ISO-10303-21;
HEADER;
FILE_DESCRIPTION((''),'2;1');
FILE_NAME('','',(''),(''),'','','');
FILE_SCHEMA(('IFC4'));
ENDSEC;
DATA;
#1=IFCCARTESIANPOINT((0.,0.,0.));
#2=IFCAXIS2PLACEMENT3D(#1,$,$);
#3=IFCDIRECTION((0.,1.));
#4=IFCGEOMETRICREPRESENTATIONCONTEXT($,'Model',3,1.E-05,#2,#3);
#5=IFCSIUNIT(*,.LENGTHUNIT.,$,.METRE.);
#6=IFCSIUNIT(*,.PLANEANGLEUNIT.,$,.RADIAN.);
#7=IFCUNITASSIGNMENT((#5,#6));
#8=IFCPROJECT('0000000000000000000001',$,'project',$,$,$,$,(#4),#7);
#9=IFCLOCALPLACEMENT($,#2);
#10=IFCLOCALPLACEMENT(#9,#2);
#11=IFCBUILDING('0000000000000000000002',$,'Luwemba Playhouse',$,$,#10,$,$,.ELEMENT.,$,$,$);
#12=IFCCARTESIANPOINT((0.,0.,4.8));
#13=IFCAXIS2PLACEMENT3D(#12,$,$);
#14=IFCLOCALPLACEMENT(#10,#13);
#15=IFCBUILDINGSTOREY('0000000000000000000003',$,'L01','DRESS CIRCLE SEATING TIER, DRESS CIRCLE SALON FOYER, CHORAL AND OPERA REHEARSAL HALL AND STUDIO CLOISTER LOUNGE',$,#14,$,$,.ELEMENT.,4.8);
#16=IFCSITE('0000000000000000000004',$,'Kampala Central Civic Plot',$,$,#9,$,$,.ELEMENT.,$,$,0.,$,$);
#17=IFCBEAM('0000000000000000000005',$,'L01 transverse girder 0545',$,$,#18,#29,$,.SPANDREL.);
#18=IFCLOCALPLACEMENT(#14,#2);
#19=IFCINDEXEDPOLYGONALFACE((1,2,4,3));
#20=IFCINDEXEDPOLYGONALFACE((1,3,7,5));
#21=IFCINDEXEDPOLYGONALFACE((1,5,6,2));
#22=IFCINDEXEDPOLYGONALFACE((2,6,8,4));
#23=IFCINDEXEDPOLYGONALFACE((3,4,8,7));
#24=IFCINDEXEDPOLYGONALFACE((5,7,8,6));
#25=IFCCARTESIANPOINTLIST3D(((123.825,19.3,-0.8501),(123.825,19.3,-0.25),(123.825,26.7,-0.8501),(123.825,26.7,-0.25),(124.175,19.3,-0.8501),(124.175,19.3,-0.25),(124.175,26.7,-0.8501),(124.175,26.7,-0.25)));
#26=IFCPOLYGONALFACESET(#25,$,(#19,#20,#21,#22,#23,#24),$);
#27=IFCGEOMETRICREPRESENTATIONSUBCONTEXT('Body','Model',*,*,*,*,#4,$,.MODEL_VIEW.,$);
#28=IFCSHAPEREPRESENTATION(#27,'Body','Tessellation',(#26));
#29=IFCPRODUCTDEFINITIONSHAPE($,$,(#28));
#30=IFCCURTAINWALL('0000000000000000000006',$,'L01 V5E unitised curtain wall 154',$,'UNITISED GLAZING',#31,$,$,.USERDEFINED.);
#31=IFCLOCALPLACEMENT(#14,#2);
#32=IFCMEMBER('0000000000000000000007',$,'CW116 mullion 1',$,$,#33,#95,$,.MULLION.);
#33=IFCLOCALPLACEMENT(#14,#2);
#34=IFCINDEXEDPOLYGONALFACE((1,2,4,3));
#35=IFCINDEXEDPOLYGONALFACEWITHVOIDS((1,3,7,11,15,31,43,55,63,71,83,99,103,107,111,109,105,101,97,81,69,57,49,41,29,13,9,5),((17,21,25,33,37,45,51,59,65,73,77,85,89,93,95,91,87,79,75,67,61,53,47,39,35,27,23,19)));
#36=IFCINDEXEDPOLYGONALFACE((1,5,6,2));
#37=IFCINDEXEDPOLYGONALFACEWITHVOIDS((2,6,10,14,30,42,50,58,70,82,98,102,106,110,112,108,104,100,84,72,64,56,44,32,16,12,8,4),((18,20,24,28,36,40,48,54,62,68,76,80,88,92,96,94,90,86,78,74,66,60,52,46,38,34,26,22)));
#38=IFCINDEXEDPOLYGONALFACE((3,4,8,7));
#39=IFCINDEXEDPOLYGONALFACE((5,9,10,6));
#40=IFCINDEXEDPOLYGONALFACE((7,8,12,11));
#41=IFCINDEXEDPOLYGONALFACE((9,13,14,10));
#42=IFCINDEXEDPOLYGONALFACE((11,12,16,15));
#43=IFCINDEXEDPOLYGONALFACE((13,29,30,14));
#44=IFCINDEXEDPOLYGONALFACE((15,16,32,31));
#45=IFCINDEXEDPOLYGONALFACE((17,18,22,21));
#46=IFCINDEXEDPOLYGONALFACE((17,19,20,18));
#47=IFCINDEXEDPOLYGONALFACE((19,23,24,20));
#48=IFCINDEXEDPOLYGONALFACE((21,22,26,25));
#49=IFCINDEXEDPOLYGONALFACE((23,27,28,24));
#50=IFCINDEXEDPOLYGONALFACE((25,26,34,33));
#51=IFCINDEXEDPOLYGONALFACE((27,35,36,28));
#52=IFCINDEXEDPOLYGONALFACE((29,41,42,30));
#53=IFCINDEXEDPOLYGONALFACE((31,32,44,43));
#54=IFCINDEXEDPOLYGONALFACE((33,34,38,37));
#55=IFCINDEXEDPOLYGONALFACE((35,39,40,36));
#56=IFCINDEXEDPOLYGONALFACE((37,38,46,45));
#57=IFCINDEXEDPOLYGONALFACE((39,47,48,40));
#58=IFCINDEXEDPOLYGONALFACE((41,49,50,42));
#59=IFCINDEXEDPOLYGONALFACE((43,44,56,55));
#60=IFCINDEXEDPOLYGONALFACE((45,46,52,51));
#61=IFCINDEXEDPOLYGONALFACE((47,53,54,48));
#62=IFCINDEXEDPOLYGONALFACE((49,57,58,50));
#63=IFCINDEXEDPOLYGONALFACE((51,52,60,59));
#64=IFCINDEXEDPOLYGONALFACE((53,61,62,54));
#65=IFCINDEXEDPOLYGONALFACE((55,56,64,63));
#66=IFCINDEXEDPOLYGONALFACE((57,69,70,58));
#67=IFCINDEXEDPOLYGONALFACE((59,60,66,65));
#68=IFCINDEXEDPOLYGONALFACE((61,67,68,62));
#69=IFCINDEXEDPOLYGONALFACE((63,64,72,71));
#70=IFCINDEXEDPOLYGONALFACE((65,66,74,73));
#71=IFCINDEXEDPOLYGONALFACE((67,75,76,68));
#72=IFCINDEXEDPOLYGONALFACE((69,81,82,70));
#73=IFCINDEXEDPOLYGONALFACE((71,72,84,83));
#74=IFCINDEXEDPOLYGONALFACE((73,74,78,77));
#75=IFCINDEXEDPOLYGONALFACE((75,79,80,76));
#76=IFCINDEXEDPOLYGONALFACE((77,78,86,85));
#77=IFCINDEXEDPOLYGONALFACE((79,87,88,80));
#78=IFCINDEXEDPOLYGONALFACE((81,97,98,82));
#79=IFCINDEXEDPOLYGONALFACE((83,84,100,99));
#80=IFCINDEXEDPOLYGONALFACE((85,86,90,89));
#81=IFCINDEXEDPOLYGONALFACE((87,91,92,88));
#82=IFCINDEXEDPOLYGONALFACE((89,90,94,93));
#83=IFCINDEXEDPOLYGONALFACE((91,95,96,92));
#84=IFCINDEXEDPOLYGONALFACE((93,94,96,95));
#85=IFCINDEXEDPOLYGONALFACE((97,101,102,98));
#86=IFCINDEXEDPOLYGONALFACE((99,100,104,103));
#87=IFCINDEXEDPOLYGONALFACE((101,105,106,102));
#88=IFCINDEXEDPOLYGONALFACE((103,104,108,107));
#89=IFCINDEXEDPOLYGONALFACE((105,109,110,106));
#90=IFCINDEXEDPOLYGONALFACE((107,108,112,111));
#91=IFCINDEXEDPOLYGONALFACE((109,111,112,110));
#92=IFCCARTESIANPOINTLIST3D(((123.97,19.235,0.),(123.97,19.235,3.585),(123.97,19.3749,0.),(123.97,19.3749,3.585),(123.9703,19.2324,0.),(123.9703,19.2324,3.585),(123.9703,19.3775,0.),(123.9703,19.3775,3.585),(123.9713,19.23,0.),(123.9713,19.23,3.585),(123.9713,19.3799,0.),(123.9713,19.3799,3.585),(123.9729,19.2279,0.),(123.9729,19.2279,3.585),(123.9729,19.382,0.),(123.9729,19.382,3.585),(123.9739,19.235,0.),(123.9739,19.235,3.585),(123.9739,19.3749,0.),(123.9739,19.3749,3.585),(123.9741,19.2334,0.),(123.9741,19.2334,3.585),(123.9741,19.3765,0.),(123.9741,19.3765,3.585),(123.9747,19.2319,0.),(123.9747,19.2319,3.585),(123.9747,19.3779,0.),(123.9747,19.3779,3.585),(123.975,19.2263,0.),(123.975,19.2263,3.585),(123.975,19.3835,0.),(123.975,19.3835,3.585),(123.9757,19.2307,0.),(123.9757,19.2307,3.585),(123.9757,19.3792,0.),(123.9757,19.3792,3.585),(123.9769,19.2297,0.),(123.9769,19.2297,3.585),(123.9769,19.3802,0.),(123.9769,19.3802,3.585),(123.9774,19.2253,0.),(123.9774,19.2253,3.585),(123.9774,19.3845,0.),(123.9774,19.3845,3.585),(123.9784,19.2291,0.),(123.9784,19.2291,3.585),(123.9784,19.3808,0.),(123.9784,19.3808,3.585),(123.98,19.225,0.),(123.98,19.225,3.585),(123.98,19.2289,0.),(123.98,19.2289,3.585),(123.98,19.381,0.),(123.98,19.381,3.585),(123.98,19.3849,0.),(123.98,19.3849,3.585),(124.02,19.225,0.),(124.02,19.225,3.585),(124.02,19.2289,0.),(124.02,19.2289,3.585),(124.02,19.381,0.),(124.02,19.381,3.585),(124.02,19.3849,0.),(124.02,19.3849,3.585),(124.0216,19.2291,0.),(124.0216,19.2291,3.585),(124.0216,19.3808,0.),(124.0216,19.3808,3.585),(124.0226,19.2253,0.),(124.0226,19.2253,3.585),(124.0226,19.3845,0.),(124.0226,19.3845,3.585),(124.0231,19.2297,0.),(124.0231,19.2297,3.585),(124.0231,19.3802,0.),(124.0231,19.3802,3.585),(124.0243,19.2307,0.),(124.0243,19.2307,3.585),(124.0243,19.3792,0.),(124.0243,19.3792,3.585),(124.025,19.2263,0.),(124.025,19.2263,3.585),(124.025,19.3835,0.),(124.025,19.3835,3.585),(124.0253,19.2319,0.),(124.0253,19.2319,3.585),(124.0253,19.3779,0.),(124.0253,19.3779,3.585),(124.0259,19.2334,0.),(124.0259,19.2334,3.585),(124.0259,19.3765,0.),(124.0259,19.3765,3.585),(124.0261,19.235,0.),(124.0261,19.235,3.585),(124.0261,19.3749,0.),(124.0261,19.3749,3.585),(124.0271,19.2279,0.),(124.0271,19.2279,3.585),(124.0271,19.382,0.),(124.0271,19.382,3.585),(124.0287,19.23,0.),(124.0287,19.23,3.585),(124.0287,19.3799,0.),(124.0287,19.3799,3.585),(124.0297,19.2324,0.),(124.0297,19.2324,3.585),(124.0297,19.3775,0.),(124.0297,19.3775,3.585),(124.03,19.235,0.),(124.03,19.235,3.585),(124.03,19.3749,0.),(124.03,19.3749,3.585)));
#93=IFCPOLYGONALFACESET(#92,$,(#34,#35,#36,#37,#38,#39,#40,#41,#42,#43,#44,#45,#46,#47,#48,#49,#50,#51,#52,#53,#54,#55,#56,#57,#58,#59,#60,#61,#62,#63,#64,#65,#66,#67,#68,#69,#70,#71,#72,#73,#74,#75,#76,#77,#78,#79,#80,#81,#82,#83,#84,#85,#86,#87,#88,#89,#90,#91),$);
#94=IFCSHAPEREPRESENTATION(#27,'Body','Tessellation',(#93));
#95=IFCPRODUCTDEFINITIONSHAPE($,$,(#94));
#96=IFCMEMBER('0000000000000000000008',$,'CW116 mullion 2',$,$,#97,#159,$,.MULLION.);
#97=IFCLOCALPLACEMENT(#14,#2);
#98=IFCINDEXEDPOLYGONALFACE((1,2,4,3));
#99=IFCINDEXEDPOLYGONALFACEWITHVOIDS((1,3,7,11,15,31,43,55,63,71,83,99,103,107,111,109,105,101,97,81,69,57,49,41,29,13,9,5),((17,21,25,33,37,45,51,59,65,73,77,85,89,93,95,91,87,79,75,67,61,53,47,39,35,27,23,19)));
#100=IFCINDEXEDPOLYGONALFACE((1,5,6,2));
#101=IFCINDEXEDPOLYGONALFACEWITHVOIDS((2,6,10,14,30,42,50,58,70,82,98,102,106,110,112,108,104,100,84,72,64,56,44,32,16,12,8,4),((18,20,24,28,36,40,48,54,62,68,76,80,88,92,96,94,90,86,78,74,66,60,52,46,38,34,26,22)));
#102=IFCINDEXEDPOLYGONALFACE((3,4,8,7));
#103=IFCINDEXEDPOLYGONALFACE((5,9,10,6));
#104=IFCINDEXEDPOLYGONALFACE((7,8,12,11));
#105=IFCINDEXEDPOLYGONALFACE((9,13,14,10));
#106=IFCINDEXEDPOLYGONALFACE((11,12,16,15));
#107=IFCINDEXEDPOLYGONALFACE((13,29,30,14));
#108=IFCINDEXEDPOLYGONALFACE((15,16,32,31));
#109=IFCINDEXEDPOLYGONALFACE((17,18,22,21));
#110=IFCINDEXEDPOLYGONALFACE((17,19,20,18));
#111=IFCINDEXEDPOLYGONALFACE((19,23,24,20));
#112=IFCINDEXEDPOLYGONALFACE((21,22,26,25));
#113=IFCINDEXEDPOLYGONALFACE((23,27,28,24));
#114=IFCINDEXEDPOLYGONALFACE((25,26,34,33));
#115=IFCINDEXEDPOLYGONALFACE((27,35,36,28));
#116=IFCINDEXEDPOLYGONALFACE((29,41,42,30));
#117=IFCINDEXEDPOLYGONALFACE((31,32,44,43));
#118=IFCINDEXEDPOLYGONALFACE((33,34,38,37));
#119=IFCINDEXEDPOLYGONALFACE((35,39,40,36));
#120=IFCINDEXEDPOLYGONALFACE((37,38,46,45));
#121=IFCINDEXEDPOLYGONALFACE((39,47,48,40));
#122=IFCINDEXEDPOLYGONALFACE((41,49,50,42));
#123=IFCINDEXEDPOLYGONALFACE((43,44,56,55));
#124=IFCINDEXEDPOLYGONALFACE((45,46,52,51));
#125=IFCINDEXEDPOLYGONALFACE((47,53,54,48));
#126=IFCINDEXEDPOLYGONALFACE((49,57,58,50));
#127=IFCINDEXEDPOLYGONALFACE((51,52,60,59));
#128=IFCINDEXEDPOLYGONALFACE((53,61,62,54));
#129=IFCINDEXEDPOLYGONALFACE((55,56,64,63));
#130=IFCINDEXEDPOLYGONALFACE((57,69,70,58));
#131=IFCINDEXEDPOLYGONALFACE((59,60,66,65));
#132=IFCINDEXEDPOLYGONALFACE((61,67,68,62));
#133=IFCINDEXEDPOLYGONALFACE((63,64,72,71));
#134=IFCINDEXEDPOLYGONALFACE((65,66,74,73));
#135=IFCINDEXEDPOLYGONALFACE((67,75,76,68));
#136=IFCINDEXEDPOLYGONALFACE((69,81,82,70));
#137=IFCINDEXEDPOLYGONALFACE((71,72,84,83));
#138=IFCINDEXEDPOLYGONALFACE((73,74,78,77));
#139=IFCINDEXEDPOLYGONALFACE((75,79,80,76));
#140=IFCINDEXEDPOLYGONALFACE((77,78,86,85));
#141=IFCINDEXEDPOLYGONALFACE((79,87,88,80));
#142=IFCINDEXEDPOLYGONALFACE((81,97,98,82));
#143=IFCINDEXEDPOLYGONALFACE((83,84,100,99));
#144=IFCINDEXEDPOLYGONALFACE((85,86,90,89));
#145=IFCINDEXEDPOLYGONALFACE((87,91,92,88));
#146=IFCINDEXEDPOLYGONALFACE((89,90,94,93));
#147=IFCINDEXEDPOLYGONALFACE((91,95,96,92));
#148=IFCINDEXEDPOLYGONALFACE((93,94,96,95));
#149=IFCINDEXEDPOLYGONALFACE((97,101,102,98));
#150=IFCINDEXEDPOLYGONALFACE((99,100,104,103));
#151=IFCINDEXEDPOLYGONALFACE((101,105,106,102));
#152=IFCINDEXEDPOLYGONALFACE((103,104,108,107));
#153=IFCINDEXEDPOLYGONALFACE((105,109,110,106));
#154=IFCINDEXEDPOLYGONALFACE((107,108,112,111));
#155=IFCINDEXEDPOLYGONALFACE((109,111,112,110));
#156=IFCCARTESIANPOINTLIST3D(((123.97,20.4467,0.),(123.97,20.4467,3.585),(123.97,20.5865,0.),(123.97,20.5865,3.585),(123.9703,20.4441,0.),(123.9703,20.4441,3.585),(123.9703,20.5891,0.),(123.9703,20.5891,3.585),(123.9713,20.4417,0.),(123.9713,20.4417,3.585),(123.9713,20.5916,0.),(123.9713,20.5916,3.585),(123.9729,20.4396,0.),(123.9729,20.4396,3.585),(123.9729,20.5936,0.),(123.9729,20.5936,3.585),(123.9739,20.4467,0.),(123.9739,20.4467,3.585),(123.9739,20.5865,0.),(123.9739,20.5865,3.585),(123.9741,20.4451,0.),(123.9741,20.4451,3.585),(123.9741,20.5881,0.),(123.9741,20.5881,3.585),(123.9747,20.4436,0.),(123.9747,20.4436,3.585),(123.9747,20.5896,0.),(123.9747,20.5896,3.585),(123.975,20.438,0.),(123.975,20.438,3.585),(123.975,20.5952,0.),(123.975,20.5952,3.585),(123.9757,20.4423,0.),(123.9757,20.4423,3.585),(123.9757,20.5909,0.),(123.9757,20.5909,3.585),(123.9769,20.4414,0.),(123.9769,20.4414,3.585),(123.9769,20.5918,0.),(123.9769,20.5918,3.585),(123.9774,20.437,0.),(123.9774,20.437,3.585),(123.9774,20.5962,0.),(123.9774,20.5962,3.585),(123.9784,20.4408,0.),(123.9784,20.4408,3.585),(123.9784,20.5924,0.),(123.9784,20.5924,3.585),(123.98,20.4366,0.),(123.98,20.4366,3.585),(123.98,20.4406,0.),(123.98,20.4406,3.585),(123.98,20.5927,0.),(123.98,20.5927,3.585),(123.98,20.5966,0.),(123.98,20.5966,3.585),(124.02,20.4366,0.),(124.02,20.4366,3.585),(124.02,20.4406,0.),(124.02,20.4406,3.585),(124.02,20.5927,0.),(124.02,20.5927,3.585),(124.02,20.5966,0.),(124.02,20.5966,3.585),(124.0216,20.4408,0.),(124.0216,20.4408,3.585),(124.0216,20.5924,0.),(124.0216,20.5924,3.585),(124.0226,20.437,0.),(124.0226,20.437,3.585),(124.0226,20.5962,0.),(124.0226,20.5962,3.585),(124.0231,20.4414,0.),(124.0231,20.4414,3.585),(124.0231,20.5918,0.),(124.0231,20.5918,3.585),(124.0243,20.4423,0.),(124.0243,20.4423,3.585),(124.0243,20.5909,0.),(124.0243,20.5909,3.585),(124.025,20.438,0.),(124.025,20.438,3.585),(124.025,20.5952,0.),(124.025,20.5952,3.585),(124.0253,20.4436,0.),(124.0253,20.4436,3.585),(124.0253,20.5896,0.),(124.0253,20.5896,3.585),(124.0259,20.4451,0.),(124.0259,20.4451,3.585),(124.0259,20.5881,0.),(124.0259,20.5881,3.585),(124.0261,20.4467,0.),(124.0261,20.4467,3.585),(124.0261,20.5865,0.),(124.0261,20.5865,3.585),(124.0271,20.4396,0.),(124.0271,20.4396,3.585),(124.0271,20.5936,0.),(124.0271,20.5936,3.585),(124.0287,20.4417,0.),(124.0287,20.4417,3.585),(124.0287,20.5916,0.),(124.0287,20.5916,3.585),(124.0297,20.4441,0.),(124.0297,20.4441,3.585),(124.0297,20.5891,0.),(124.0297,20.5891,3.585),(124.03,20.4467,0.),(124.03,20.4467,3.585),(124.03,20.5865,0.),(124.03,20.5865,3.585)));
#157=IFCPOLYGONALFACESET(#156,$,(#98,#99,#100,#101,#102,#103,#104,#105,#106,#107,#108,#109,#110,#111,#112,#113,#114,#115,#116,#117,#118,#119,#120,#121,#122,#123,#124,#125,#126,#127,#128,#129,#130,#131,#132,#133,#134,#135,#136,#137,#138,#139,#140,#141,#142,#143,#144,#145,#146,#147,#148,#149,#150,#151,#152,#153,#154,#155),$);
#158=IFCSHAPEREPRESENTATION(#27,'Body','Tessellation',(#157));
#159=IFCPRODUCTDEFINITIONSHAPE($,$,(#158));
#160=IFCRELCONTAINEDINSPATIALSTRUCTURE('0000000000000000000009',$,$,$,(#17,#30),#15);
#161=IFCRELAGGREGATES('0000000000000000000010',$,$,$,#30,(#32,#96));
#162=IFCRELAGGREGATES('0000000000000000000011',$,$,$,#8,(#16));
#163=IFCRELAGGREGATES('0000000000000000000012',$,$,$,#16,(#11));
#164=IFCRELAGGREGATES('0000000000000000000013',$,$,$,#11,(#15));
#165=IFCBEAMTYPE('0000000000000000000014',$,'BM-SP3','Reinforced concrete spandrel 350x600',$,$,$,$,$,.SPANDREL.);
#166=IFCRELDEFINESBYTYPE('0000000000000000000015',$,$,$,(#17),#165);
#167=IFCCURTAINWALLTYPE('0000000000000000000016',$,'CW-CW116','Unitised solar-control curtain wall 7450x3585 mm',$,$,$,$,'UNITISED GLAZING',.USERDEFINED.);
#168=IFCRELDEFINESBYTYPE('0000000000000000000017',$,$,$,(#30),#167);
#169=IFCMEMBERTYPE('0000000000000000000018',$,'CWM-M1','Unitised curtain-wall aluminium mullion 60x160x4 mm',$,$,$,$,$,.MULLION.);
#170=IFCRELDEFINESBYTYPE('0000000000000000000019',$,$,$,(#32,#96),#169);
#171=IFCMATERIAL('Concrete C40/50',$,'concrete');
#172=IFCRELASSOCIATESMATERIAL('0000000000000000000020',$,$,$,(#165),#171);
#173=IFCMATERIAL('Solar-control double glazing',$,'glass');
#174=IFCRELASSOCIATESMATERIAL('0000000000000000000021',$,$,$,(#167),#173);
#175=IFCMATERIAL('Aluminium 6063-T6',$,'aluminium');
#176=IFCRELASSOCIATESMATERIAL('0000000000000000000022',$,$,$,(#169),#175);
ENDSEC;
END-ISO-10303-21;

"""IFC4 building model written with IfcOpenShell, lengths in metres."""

from ifc_helpers import new_model, si_unit, direction, frame, origin, origin_2d, place, context, subcontext, project, spatial, rectangle, hollow_rectangle, extrude, material, material_profile, profile_set, type_object, element, aggregate, save


model = new_model("IFC4")

# Units and contexts
model_context = context("Model", 3, precision=1e-05, world=origin(), true_north=direction((0.0, 1.0)))
body_context = subcontext(model_context, "Body", "Model", "MODEL_VIEW")
ifc_project = project(units=[si_unit("LENGTHUNIT", "METRE"), si_unit("PLANEANGLEUNIT", "RADIAN")], contexts=[model_context])

# Site, building, storey
site_placement = place(None, origin())
site = spatial("IfcSite", under=ifc_project, at=site_placement, Name="Kampala Central Civic Plot", CompositionType="ELEMENT", RefElevation=0.0)
building_placement = place(site_placement, origin())
building = spatial("IfcBuilding", under=site, at=building_placement, Name="Luwemba Playhouse", CompositionType="ELEMENT")
storey_placement = place(building_placement, frame((0.0, 0.0, 4.8)))
storey = spatial("IfcBuildingStorey", under=building, at=storey_placement, Name="L01", Description="DRESS CIRCLE SEATING TIER, DRESS CIRCLE SALON FOYER, CHORAL AND OPERA REHEARSAL HALL AND STUDIO CLOISTER LOUNGE", CompositionType="ELEMENT", Elevation=4.8)

# Beam
ifc_material_1 = material(Name="Concrete C40/50", Category="concrete")
ifc_material_profile_1 = material_profile(ifc_material_1, rectangle(XDim=0.3501, YDim=0.6001, at=origin_2d()))
ifc_profile_set_1 = profile_set([ifc_material_profile_1], Name="Concrete C40/50")
beam_type = type_object("IfcBeamType", Name="BM-SP3", Description="Reinforced concrete spandrel 350x600", PredefinedType="SPANDREL", material=ifc_profile_set_1)
beam_placement = place(storey_placement, frame((124.0, 19.3, -0.55), z_axis=(0.0, 1.0, 0.0), x_axis=(-1.0, 0.0, 0.0)))
element("IfcBeam", 1, at=beam_placement, inside=storey, type_object=beam_type, Name="L01 transverse girder 0545", PredefinedType="SPANDREL", context=body_context, shape_type="SweptSolid", body=[
    extrude(rectangle(XDim=0.3501, YDim=0.6001, at=origin_2d()), origin(), (0.0, 0.0, 1.0), 7.3999),
])

# Curtain wall, members
ifc_material_2 = material(Name="Solar-control double glazing", Category="glass")
curtain_wall_type = type_object("IfcCurtainWallType", Name="CW-CW116", Description="Unitised solar-control curtain wall 7450x3585 mm", ElementType="UNITISED GLAZING", PredefinedType="USERDEFINED", material=ifc_material_2)
curtain_wall_placement = place(storey_placement, origin())
curtain_wall = element("IfcCurtainWall", 2, at=curtain_wall_placement, inside=storey, type_object=curtain_wall_type, Name="L01 V5E unitised curtain wall 154", ObjectType="UNITISED GLAZING", PredefinedType="USERDEFINED")
ifc_material_3 = material(Name="Aluminium 6063-T6", Category="aluminium")
ifc_material_profile_2 = material_profile(ifc_material_3, hollow_rectangle(XDim=0.0601, YDim=0.1599, WallThickness=0.0039, InnerFilletRadius=0.0061, OuterFilletRadius=0.01, at=origin_2d()))
ifc_profile_set_2 = profile_set([ifc_material_profile_2], Name="Aluminium 6063-T6")
member_type_1 = type_object("IfcMemberType", Name="CWM-M1", Description="Unitised curtain-wall aluminium mullion 60x160x4 mm", PredefinedType="MULLION", material=ifc_profile_set_2)
member_1_placement = place(storey_placement, frame((124.0, 19.3049, 0.0), z_axis=(0.0, 0.0, 1.0), x_axis=(-1.0, 0.0, 0.0)))
member_1 = element("IfcMember", 3, at=member_1_placement, type_object=member_type_1, Name="CW116 mullion 1", PredefinedType="MULLION", context=body_context, shape_type="SweptSolid", body=[
    extrude(hollow_rectangle(XDim=0.0601, YDim=0.1599, WallThickness=0.0039, InnerFilletRadius=0.0061, OuterFilletRadius=0.01, at=origin_2d()), origin(), (0.0, 0.0, 1.0), 3.585),
])
member_2_placement = place(storey_placement, frame((124.0, 20.5166, 0.0), z_axis=(0.0, 0.0, 1.0), x_axis=(-1.0, 0.0, 0.0)))
member_2 = element("IfcMember", 4, at=member_2_placement, type_object=member_type_1, Name="CW116 mullion 2", PredefinedType="MULLION", context=body_context, shape_type="SweptSolid", body=[
    extrude(hollow_rectangle(XDim=0.0601, YDim=0.1599, WallThickness=0.0039, InnerFilletRadius=0.0061, OuterFilletRadius=0.01, at=origin_2d()), origin(), (0.0, 0.0, 1.0), 3.585),
])
aggregate(curtain_wall, [member_1, member_2])

save(model, "model.ifc")
